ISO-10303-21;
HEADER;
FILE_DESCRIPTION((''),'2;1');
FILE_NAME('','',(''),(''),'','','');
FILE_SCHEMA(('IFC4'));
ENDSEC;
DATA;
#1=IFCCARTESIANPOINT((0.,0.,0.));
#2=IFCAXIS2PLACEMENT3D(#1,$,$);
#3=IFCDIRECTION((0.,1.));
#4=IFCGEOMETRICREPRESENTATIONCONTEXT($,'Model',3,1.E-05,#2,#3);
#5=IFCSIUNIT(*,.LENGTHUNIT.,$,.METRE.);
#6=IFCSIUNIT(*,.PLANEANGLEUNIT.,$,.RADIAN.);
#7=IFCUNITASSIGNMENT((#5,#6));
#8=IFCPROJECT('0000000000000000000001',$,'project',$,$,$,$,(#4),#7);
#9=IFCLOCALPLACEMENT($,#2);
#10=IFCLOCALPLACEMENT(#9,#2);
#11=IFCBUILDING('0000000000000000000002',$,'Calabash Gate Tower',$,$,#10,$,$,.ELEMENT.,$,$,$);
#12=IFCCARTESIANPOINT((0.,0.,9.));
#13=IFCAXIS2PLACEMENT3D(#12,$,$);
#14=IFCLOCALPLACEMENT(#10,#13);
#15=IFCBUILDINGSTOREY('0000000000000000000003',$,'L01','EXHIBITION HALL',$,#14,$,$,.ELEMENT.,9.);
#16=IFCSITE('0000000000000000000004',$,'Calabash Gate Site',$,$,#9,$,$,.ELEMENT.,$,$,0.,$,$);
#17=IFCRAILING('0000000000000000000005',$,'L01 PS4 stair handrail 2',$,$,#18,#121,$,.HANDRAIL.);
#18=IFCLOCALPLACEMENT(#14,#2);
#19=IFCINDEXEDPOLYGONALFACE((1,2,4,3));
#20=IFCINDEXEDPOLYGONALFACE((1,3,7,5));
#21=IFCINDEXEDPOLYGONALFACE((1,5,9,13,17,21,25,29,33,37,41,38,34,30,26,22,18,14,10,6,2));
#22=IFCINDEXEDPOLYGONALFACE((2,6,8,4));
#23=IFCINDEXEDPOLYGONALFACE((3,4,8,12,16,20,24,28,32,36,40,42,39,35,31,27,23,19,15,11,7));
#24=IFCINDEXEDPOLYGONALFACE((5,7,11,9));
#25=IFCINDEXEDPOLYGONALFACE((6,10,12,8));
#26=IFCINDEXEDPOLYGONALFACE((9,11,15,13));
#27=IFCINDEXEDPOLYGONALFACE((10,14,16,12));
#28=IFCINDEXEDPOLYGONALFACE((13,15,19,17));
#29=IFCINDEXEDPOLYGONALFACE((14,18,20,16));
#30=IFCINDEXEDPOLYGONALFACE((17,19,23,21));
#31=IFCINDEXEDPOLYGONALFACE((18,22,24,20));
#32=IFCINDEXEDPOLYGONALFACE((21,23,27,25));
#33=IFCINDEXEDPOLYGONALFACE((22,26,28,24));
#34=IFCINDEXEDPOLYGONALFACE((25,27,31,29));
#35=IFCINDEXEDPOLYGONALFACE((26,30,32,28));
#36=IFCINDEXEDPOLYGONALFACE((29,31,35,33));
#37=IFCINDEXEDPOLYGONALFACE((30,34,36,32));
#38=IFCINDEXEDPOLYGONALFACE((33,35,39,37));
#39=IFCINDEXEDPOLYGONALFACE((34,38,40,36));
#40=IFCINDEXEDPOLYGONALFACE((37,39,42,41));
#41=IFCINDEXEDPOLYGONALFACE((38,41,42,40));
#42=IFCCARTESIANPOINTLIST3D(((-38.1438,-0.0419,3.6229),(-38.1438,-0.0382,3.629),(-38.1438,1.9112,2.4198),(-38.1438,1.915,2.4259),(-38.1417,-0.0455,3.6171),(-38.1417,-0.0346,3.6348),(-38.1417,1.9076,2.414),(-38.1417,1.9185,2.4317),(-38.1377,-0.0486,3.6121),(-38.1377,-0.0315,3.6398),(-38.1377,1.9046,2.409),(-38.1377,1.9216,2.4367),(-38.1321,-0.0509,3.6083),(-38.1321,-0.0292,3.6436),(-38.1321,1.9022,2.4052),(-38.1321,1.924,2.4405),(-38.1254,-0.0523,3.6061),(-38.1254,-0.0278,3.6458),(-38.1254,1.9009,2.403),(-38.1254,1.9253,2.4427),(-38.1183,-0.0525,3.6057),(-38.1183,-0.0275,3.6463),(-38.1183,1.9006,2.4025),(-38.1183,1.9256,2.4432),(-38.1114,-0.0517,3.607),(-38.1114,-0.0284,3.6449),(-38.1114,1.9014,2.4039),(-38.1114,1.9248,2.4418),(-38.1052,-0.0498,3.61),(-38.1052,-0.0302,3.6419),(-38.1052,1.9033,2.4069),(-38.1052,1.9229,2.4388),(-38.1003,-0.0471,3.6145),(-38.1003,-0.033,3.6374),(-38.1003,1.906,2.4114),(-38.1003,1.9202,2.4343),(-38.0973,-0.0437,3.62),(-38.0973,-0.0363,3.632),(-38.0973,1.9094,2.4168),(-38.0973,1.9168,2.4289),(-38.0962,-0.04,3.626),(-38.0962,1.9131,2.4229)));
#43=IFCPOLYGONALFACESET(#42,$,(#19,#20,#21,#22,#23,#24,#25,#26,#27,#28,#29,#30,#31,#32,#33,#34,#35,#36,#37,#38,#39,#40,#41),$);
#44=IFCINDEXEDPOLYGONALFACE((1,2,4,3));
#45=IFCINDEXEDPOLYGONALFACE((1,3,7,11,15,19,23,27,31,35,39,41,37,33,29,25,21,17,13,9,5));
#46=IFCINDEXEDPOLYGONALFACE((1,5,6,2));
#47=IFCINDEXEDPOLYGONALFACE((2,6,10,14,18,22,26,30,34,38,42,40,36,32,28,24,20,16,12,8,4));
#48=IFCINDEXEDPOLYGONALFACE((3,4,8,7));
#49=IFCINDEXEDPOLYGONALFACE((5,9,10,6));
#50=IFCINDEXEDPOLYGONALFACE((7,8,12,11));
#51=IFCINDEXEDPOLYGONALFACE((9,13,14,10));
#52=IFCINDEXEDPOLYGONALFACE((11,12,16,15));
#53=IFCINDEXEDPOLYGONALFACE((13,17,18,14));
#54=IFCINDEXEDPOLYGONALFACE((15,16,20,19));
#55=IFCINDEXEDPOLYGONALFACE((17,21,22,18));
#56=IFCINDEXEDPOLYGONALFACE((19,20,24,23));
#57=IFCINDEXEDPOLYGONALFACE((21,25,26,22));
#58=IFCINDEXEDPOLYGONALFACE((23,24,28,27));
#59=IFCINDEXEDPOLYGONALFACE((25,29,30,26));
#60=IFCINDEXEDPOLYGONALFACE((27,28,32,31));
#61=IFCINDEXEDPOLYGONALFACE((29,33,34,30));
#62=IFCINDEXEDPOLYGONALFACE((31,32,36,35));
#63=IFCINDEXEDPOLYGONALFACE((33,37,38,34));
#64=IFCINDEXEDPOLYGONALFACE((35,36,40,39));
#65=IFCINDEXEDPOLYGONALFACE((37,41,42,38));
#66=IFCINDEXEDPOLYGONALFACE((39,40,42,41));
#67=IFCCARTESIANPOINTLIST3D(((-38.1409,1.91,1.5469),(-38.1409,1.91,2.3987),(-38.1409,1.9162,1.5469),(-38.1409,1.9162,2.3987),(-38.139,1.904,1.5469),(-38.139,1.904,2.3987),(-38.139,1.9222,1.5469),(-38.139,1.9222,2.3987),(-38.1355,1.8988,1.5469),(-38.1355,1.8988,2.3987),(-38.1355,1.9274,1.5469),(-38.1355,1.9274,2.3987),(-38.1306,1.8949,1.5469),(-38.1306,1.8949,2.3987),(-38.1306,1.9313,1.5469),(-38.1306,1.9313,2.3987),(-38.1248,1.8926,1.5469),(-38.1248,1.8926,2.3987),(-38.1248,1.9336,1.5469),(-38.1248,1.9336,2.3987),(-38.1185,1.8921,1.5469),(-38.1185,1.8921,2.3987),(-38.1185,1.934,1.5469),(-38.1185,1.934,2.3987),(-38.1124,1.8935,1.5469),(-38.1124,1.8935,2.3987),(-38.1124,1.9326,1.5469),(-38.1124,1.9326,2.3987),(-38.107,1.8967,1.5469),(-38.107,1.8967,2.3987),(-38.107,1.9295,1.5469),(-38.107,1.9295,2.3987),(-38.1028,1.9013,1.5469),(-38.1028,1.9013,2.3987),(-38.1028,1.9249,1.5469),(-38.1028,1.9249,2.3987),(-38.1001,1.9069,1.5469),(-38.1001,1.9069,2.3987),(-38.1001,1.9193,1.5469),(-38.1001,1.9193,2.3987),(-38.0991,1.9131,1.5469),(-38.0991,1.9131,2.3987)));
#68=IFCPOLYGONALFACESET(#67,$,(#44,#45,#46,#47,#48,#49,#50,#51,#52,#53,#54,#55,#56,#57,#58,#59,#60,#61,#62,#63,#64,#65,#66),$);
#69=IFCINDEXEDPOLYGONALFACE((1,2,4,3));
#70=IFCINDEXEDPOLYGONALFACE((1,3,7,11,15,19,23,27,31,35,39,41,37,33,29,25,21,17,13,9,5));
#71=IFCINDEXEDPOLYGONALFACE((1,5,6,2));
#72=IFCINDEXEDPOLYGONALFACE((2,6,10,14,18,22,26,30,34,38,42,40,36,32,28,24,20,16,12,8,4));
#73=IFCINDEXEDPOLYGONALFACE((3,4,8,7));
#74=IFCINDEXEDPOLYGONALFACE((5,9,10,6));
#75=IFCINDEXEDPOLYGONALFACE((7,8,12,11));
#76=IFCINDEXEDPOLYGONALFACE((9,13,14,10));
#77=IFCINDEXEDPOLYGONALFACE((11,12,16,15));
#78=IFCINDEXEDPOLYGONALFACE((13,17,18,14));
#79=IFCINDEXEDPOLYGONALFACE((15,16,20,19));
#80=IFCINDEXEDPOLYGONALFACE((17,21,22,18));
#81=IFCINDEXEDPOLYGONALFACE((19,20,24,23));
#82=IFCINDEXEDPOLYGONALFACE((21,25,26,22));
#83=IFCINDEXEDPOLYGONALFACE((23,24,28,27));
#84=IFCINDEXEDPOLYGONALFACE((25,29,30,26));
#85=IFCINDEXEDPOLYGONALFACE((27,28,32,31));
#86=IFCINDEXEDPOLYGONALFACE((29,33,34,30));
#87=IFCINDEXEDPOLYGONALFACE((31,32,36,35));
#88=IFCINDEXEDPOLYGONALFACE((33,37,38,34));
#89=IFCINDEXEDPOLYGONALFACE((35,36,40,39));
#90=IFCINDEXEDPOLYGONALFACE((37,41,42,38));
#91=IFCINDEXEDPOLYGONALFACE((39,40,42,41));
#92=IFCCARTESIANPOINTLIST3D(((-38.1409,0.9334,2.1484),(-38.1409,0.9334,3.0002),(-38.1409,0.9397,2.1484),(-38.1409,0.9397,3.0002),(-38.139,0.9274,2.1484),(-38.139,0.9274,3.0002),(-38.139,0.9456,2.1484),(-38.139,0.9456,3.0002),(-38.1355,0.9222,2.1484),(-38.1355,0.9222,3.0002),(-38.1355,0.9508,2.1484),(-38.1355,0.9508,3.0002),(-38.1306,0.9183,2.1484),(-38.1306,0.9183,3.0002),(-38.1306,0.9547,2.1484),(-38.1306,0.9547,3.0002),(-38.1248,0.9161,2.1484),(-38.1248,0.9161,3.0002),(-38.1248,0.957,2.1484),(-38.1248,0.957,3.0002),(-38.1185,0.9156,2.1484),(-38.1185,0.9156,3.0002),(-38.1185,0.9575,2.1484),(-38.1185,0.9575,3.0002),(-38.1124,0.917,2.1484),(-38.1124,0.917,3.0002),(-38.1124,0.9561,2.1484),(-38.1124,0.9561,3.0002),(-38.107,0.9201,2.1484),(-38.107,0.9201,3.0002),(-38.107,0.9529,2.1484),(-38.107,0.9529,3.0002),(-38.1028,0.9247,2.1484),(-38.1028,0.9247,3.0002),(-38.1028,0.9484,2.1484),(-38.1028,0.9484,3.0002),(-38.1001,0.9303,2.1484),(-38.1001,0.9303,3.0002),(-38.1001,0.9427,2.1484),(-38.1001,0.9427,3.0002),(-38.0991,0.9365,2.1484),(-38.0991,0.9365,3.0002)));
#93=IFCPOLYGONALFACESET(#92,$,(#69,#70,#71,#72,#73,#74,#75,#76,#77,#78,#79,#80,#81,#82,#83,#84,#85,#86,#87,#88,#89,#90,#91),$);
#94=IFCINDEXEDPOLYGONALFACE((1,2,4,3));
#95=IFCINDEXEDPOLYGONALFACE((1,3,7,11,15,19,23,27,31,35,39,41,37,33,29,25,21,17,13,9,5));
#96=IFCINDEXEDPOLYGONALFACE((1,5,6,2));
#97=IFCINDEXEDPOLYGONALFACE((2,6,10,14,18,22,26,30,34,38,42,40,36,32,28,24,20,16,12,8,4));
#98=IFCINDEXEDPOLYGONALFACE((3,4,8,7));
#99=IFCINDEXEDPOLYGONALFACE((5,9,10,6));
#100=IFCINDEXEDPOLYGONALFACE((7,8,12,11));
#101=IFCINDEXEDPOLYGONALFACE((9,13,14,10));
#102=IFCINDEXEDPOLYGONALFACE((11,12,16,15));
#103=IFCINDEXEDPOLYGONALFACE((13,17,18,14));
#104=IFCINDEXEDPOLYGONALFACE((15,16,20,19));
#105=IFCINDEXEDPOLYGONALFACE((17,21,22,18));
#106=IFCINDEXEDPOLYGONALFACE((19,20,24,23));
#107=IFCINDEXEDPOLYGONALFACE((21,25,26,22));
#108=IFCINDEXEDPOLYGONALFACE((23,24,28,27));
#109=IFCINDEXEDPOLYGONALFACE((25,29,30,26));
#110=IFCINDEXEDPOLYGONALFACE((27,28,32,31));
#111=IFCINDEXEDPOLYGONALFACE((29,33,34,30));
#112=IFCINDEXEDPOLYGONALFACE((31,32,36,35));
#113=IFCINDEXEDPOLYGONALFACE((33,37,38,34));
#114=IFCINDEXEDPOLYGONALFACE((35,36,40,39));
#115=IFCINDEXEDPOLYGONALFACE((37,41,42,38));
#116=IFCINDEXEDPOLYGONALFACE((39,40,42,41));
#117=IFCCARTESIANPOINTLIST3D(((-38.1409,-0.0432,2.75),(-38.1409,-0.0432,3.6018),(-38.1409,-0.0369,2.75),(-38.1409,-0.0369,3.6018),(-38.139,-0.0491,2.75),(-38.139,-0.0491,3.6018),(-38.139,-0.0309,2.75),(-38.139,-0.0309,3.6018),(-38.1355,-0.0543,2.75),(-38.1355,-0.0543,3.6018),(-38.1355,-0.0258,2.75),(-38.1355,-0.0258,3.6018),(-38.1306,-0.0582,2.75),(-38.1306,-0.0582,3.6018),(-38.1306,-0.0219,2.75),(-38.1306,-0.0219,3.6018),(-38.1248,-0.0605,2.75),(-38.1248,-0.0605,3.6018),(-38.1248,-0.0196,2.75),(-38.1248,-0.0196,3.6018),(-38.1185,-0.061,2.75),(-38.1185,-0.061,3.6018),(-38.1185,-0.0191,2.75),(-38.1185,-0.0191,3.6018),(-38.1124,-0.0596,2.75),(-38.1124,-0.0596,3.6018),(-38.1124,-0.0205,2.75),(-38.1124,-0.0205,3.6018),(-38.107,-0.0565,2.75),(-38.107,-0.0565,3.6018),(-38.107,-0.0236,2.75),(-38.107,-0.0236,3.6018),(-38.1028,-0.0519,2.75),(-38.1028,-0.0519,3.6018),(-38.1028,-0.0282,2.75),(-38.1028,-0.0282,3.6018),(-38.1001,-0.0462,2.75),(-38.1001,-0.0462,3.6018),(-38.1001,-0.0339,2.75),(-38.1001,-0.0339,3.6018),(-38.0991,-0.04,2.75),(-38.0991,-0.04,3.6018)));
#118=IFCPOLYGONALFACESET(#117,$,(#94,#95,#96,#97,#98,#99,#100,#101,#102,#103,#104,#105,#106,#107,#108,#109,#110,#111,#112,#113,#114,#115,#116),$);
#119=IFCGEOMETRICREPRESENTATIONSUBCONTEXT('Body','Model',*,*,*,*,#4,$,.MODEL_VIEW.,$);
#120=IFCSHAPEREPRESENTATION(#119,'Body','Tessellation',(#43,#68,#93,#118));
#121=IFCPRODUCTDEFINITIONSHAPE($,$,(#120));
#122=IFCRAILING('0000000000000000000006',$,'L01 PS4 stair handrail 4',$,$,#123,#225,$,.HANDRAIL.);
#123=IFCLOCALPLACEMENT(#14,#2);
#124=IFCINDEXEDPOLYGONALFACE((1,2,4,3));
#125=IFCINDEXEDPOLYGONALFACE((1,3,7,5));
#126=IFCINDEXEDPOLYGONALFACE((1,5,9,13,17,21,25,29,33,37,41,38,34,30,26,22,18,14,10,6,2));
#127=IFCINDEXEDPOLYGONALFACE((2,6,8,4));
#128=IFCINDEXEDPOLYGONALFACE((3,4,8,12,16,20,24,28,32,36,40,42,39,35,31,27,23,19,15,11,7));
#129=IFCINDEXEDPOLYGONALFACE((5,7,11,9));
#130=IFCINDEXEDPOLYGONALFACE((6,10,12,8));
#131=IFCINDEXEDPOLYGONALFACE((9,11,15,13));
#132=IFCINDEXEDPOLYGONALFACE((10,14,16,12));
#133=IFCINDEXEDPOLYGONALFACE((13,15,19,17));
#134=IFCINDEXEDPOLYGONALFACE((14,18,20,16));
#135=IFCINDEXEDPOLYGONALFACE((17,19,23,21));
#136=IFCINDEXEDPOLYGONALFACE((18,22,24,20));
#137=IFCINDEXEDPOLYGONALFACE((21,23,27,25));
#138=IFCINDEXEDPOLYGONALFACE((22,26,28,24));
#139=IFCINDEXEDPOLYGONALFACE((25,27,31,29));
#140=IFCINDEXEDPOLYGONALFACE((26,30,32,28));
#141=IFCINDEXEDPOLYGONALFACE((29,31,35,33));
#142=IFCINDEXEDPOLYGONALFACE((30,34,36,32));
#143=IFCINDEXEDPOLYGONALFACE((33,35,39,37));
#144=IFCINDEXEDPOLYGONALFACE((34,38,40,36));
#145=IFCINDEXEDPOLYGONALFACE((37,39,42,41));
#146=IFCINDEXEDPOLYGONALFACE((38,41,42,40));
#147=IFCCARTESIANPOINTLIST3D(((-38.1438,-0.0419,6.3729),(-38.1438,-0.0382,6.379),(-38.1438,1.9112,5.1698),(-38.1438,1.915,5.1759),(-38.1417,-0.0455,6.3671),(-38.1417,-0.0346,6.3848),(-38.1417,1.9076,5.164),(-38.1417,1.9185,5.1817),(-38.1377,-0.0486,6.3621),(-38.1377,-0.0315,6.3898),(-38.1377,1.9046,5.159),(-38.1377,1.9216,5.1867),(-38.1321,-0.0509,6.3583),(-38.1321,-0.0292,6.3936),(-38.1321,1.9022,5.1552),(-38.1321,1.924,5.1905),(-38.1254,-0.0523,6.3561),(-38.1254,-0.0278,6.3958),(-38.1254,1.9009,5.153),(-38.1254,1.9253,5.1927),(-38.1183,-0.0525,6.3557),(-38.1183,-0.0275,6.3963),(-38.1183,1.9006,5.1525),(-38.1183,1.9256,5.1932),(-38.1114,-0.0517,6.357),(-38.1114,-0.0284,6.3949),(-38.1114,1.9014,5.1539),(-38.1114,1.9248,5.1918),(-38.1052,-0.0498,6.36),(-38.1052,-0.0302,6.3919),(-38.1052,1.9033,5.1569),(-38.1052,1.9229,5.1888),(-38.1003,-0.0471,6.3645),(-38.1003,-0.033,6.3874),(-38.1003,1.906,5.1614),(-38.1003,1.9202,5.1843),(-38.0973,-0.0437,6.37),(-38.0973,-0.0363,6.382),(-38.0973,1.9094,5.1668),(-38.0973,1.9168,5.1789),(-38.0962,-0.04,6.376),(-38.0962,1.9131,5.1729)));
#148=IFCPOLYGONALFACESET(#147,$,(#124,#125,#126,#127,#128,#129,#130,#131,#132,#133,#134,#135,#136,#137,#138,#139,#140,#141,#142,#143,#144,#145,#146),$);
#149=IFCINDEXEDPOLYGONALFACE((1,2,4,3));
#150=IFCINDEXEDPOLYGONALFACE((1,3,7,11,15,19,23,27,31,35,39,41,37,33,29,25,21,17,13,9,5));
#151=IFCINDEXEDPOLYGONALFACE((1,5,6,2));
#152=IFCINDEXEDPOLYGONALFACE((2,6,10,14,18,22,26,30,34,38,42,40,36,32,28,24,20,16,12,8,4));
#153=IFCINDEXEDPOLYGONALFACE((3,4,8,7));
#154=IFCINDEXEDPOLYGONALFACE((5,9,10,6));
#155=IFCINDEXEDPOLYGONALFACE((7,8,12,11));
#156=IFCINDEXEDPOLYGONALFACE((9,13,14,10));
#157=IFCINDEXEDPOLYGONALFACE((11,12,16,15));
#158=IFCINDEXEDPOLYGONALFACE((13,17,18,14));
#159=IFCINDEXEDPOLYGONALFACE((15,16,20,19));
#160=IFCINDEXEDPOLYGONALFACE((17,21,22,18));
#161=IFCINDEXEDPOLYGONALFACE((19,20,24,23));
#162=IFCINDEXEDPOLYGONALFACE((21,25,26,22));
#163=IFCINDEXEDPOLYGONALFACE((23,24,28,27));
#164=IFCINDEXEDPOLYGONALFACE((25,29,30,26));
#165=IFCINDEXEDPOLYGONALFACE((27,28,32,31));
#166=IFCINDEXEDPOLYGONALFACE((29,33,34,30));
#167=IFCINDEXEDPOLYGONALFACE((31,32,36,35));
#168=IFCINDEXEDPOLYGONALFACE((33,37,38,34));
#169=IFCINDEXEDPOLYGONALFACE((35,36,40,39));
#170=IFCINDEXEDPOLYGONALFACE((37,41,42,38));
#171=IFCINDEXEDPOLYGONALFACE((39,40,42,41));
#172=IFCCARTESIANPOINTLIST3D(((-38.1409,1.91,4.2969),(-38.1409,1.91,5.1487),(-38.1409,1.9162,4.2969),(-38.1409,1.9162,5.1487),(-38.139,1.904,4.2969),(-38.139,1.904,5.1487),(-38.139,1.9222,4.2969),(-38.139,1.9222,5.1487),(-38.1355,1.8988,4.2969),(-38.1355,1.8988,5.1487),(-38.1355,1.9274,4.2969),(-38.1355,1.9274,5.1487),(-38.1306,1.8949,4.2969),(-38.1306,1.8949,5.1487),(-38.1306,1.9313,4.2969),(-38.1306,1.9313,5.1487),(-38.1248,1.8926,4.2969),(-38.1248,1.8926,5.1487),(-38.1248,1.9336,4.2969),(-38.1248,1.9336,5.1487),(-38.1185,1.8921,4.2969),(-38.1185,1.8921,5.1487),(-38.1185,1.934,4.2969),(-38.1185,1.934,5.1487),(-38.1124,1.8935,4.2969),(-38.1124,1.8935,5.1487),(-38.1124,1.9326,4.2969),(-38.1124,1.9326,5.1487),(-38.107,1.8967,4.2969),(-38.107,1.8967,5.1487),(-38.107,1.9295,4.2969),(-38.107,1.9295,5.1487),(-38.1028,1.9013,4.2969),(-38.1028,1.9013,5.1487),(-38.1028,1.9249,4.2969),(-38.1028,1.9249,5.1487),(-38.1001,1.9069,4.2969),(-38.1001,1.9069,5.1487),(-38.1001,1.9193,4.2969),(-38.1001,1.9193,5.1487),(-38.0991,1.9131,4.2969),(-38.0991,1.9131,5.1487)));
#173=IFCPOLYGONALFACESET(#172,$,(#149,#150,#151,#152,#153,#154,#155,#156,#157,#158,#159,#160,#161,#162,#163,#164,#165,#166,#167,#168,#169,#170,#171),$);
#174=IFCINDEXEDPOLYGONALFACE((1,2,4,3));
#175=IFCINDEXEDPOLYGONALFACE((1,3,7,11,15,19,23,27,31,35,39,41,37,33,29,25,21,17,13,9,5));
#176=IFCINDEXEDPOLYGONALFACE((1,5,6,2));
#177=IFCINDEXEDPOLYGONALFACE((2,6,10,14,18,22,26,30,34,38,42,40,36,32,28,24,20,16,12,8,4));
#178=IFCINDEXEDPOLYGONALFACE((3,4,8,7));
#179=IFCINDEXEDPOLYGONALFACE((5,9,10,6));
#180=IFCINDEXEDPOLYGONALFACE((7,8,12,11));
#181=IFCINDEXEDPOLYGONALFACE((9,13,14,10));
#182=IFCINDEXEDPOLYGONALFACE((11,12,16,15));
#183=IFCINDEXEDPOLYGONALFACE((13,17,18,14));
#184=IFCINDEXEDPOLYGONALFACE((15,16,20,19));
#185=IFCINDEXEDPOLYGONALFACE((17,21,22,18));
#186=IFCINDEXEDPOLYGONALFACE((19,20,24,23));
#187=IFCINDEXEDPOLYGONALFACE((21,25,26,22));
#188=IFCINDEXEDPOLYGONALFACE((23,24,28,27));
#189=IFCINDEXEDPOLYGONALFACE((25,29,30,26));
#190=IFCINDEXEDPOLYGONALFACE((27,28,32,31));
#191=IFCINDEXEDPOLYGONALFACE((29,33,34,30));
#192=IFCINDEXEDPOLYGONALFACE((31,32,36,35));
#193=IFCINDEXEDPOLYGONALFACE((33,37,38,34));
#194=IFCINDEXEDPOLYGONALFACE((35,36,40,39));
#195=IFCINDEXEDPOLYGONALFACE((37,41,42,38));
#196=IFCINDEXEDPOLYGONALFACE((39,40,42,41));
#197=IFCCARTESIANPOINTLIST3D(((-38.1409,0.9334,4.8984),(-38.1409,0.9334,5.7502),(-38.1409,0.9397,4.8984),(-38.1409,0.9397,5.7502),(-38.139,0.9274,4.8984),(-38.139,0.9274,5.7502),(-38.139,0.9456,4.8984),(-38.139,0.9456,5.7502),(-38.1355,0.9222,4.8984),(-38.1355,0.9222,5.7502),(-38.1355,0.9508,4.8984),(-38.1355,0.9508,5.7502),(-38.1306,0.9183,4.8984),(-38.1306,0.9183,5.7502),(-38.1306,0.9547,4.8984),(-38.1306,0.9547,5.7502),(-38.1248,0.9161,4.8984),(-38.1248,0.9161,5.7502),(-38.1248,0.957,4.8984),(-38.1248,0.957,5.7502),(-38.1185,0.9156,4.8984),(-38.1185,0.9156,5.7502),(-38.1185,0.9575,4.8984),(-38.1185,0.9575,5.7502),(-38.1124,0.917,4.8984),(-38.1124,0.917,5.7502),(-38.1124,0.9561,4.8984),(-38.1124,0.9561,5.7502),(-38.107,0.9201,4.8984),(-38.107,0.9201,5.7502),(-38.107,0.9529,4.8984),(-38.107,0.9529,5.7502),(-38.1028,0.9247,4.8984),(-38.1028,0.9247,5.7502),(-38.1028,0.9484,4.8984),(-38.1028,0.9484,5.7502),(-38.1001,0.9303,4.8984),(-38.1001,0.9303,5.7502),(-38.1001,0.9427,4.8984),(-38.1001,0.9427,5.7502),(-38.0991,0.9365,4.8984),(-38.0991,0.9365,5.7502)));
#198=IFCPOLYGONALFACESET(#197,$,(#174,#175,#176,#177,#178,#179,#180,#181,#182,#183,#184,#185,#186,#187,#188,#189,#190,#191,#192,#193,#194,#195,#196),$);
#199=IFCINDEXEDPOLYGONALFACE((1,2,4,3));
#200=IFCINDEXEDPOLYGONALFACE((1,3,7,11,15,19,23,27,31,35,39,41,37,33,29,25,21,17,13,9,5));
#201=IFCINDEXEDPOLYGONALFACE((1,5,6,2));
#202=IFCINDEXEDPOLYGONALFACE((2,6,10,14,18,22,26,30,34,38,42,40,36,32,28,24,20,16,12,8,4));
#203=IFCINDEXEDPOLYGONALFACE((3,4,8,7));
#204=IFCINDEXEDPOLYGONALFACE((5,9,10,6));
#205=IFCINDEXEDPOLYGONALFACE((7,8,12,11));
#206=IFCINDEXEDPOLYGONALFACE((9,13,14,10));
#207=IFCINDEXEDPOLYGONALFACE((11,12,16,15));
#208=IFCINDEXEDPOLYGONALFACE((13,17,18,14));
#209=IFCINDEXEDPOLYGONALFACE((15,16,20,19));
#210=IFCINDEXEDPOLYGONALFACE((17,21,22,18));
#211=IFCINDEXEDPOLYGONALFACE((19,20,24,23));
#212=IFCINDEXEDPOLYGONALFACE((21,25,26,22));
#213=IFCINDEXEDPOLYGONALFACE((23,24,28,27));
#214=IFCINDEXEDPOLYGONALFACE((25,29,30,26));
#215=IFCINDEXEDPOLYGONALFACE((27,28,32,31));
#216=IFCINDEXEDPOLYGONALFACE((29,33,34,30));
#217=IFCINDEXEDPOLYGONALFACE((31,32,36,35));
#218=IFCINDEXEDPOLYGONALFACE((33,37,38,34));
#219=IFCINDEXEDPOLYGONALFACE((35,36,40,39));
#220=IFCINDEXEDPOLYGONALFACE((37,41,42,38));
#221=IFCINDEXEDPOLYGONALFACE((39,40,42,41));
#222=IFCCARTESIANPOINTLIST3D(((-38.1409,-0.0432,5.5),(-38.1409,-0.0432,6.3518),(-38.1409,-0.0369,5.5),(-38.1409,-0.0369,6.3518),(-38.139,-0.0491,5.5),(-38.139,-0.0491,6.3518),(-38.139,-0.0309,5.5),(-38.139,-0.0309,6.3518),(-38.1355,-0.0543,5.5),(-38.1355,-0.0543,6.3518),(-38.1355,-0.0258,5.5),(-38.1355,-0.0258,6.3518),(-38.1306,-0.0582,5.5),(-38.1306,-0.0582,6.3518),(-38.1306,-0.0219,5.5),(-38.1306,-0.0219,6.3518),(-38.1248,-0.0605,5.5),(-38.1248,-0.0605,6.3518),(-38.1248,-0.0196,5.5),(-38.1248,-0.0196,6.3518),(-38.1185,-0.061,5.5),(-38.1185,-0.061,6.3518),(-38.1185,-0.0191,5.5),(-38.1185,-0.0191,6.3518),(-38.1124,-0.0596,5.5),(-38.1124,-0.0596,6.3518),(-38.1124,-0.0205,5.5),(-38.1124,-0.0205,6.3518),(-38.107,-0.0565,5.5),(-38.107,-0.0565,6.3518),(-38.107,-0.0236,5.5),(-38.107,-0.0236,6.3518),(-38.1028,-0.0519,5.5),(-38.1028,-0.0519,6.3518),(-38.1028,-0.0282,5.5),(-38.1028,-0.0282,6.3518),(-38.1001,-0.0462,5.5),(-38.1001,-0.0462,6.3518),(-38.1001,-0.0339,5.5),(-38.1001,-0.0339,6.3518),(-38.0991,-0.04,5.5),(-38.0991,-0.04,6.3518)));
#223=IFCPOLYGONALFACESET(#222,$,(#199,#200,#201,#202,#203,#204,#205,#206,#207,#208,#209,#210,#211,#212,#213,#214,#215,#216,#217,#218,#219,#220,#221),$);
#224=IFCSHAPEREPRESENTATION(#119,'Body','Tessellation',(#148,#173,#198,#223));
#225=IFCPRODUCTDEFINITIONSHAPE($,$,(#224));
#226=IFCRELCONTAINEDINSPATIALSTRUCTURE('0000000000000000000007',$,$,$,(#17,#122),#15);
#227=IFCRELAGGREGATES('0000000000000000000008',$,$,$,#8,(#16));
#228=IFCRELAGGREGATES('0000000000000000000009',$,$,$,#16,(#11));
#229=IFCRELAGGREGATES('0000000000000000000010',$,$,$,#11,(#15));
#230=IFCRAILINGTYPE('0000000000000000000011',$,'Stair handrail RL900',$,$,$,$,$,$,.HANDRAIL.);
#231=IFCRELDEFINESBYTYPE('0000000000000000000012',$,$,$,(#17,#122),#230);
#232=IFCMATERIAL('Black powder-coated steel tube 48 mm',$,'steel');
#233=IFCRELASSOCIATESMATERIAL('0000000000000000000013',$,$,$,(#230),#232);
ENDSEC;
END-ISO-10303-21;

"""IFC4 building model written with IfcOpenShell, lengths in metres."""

from ifc_helpers import new_model, si_unit, direction, frame, origin, origin_2d, place, context, subcontext, project, spatial, circle, extrude, material, type_object, element, save


model = new_model("IFC4")

# Units and contexts
model_context = context("Model", 3, precision=1e-05, world=origin(), true_north=direction((0.0, 1.0)))
body_context = subcontext(model_context, "Body", "Model", "MODEL_VIEW")
ifc_project = project(units=[si_unit("LENGTHUNIT", "METRE"), si_unit("PLANEANGLEUNIT", "RADIAN")], contexts=[model_context])

# Site, building, storey
site_placement = place(None, origin())
site = spatial("IfcSite", under=ifc_project, at=site_placement, Name="Calabash Gate Site", CompositionType="ELEMENT", RefElevation=0.0)
building_placement = place(site_placement, origin())
building = spatial("IfcBuilding", under=site, at=building_placement, Name="Calabash Gate Tower", CompositionType="ELEMENT")
storey_placement = place(building_placement, frame((0.0, 0.0, 9.0)))
storey = spatial("IfcBuildingStorey", under=building, at=storey_placement, Name="L01", Description="EXHIBITION HALL", CompositionType="ELEMENT", Elevation=9.0)

# Railings
ifc_material_1 = material(Name="Black powder-coated steel tube 48 mm", Category="steel")
railing_type_1 = type_object("IfcRailingType", Name="Stair handrail RL900", PredefinedType="HANDRAIL", material=ifc_material_1)
for number, where, name in (
    (1, (-38.1201, 1.9131, 1.5469), "L01 PS4 stair handrail 2"),
    (2, (-38.1201, 1.9131, 4.2969), "L01 PS4 stair handrail 4"),
):
    element("IfcRailing", number, at=place(storey_placement, frame(where)), inside=storey, type_object=railing_type_1, Name=name, PredefinedType="HANDRAIL", context=body_context, shape_type="SweptSolid", body=[
        extrude(circle(Radius=0.0239, at=origin_2d()), frame((0.0, 0.0, 0.876), z_axis=(0.0, -0.851424, 0.524477), x_axis=(1.0, 0.0, 0.0)), (0.0, 0.0, 1.0), 2.2939),
        extrude(circle(Radius=0.021, at=origin_2d()), origin(), (0.0, 0.0, 1.0), 0.8518),
        extrude(circle(Radius=0.021, at=origin_2d()), frame((0.0, -0.9766, 0.6016)), (0.0, 0.0, 1.0), 0.8518),
        extrude(circle(Radius=0.021, at=origin_2d()), frame((0.0, -1.9531, 1.2031)), (0.0, 0.0, 1.0), 0.8518),
    ])

save(model, "model.ifc")
